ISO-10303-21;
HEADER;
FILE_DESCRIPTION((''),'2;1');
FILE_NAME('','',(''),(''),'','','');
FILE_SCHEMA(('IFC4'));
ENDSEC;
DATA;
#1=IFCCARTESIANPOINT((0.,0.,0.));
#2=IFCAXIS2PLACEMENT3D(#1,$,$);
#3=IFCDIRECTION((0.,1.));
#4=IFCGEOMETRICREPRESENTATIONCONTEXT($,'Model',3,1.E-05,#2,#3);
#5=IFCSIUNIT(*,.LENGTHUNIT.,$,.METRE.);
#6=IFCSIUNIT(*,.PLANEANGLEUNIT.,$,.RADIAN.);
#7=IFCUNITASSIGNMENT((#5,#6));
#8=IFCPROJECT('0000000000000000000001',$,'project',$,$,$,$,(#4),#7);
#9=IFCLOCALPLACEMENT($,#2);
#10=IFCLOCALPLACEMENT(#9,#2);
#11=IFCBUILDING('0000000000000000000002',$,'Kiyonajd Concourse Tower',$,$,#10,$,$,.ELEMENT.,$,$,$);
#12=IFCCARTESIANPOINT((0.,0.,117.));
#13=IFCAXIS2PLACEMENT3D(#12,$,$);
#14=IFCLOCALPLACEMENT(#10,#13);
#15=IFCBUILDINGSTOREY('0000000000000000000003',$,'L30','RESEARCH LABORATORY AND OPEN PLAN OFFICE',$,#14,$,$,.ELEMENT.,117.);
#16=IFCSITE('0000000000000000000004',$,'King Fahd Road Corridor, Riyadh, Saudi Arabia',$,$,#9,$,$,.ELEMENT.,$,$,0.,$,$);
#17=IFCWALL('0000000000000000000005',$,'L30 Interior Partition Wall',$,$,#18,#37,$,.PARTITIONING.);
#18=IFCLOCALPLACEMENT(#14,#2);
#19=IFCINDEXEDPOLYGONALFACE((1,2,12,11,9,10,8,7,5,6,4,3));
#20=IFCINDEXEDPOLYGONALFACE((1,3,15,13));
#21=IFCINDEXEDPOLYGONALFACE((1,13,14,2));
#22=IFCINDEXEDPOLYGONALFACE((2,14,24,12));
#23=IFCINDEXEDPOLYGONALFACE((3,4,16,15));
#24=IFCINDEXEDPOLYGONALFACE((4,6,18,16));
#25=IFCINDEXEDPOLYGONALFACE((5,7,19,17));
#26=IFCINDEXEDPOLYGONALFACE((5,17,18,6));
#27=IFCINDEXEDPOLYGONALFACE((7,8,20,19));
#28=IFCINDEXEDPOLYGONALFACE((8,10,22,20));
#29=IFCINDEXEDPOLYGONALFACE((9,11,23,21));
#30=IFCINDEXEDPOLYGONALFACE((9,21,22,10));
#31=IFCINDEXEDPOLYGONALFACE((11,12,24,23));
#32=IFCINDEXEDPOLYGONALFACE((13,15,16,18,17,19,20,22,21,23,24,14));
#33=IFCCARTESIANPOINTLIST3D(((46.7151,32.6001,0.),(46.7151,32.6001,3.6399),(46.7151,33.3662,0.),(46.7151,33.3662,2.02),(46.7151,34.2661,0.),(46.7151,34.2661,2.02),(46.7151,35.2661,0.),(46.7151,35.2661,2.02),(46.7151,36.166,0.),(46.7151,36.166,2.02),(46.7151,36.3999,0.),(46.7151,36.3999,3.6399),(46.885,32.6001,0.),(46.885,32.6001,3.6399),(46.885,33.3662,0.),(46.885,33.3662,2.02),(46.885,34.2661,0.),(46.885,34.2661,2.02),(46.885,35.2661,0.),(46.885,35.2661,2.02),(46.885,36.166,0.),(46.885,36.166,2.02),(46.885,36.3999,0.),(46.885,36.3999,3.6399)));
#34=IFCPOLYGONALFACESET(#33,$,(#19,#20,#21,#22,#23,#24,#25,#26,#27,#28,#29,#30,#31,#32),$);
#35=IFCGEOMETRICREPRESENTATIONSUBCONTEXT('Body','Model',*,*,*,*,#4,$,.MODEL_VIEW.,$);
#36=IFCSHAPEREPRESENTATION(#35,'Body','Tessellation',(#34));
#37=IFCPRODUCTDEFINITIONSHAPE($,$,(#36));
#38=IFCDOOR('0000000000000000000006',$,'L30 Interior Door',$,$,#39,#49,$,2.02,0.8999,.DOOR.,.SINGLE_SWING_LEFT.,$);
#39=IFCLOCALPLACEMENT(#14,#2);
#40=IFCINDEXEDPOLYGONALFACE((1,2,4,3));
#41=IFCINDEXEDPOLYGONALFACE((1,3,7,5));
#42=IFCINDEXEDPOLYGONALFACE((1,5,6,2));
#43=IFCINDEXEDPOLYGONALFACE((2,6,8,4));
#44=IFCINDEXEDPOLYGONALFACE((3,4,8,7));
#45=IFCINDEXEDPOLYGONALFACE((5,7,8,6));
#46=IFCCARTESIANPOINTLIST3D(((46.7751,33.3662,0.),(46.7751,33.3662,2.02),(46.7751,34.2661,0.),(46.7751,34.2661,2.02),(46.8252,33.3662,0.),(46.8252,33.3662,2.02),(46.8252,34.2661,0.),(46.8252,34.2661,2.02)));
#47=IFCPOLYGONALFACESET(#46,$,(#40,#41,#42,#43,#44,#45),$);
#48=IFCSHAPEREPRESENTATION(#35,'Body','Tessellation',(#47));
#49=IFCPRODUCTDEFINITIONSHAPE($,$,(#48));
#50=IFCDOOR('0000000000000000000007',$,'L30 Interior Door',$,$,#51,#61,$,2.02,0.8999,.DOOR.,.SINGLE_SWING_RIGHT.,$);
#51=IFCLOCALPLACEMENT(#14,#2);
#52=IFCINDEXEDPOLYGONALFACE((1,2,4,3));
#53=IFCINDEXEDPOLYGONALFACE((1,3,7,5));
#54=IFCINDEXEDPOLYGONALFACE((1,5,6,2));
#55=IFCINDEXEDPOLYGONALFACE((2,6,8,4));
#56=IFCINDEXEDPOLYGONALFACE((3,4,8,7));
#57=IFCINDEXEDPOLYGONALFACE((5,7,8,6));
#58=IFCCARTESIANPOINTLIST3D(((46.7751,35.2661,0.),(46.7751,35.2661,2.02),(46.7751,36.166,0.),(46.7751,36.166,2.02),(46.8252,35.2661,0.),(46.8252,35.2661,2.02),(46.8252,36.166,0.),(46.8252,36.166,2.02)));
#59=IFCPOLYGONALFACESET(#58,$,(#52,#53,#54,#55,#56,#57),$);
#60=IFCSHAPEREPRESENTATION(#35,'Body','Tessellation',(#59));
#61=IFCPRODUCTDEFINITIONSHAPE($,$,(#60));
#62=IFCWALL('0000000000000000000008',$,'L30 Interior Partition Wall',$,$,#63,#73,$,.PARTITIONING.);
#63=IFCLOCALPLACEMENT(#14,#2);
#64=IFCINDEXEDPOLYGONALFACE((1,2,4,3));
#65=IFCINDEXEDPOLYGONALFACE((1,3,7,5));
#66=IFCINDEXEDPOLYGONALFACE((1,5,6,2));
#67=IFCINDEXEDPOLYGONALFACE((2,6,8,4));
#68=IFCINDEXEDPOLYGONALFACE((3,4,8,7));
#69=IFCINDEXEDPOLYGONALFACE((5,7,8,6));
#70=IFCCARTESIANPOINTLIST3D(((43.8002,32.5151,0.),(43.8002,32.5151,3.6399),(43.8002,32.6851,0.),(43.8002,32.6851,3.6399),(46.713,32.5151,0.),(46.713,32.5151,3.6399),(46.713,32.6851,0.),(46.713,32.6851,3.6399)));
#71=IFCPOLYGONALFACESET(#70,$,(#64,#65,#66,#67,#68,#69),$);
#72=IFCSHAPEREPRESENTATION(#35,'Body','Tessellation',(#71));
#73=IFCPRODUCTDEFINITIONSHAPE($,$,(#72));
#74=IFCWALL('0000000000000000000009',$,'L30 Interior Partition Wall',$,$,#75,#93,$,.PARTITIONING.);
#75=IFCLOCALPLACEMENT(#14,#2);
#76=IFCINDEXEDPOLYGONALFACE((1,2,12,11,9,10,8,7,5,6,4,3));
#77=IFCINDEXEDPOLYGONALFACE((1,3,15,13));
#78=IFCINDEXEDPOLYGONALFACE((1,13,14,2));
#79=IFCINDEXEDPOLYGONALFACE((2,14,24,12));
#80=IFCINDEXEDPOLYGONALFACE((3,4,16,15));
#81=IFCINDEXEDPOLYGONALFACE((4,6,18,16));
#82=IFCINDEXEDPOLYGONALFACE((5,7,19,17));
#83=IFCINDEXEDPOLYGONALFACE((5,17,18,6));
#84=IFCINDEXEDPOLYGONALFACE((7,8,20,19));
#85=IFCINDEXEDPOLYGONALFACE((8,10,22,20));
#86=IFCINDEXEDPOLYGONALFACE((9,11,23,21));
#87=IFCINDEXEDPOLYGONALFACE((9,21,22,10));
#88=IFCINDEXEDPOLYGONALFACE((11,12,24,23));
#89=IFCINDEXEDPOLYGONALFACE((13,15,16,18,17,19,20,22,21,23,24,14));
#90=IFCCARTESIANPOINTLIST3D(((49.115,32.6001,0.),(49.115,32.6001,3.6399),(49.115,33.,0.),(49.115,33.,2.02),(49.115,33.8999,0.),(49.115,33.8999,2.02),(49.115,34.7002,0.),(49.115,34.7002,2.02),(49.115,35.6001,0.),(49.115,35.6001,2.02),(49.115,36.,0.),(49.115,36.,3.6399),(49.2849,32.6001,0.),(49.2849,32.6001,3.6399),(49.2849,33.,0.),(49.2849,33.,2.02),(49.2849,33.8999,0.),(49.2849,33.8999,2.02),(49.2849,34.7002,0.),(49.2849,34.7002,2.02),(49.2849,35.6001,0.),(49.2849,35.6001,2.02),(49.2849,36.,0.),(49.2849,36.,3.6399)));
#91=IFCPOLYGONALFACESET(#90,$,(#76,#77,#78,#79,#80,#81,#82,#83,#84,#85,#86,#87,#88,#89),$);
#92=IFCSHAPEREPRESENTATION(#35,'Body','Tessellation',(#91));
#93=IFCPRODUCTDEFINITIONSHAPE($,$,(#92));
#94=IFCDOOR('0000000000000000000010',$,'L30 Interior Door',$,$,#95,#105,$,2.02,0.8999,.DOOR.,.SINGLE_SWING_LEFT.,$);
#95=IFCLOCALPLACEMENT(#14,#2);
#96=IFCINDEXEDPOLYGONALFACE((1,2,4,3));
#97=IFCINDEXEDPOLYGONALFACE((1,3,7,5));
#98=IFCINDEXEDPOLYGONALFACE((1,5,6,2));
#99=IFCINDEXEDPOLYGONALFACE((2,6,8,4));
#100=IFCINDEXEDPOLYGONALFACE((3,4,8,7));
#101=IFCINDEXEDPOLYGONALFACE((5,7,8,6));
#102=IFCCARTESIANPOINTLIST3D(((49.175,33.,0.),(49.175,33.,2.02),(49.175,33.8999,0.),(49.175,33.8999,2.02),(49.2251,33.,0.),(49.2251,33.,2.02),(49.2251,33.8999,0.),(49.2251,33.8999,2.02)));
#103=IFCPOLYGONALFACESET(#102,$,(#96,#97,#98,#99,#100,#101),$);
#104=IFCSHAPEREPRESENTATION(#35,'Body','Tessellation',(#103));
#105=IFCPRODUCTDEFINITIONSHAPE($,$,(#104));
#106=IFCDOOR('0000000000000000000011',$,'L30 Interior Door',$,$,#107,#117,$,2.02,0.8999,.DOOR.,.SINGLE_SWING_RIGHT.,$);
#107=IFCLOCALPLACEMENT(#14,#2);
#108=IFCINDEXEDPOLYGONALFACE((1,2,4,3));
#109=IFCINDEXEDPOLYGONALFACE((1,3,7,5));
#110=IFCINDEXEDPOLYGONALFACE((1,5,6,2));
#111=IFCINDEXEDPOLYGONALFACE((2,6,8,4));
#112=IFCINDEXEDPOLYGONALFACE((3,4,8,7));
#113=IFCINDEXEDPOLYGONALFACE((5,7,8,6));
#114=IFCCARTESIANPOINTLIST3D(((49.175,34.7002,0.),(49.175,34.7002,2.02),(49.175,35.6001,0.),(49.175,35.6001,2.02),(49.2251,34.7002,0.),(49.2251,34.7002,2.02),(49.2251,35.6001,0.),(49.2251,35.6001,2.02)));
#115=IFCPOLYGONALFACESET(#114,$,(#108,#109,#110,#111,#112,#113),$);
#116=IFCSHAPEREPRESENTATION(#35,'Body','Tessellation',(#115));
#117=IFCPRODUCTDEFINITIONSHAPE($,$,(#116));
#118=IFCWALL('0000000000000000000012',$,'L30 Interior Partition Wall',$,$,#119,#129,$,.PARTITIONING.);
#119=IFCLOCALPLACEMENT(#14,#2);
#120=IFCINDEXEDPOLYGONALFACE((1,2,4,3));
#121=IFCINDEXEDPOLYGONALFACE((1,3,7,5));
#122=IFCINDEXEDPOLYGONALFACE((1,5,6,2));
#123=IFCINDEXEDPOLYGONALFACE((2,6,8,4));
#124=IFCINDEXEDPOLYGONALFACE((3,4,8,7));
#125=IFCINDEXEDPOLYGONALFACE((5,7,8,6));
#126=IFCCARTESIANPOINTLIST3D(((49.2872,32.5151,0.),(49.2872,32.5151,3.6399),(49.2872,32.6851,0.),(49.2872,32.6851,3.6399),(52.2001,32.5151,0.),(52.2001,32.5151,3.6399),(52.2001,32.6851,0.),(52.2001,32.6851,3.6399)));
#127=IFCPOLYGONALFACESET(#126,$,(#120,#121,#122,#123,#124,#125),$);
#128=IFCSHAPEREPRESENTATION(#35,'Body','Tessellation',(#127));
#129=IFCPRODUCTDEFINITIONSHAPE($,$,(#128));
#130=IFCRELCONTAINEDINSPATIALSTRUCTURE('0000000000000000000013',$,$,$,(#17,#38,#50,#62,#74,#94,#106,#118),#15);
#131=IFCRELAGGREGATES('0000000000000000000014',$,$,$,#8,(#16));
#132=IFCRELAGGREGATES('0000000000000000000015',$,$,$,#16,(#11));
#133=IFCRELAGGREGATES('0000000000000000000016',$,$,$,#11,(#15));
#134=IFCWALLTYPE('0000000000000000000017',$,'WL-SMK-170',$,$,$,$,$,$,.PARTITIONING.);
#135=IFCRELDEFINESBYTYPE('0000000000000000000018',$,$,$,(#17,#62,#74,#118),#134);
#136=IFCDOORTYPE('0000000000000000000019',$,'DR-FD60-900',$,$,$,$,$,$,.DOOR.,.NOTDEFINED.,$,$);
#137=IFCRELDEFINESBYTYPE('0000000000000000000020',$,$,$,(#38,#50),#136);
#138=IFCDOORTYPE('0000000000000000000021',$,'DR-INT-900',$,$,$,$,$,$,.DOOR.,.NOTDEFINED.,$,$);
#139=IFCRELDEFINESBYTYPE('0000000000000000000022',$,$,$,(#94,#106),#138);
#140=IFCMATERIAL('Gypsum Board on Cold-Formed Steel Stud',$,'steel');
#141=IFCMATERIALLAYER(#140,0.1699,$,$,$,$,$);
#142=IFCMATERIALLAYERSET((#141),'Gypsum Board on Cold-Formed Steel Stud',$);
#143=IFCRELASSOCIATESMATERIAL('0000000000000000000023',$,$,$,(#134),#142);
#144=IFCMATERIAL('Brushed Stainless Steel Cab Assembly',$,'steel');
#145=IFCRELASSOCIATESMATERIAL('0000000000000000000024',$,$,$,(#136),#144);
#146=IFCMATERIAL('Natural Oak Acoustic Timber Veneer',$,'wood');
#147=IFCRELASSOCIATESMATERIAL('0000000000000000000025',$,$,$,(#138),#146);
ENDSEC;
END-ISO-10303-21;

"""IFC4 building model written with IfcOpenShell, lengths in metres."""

from ifc_helpers import new_model, si_unit, direction, frame, frame_2d, origin, place, context, subcontext, project, spatial, rectangle, extrude, material, layer, layer_set, type_object, element, fill, save


model = new_model("IFC4")

# Units and contexts
model_context = context("Model", 3, precision=1e-05, world=origin(), true_north=direction((0.0, 1.0)))
body_context = subcontext(model_context, "Body", "Model", "MODEL_VIEW")
ifc_project = project(units=[si_unit("LENGTHUNIT", "METRE"), si_unit("PLANEANGLEUNIT", "RADIAN")], contexts=[model_context])

# Site, building, storey
site_placement = place(None, origin())
site = spatial("IfcSite", under=ifc_project, at=site_placement, Name="King Fahd Road Corridor, Riyadh, Saudi Arabia", CompositionType="ELEMENT", RefElevation=0.0)
building_placement = place(site_placement, origin())
building = spatial("IfcBuilding", under=site, at=building_placement, Name="Kiyonajd Concourse Tower", CompositionType="ELEMENT")
storey_placement = place(building_placement, frame((0.0, 0.0, 117.0)))
storey = spatial("IfcBuildingStorey", under=building, at=storey_placement, Name="L30", Description="RESEARCH LABORATORY AND OPEN PLAN OFFICE", CompositionType="ELEMENT", Elevation=117.0)

# Shared definitions
ifc_material_1 = material(Name="Gypsum Board on Cold-Formed Steel Stud", Category="steel")

# Shared definitions
ifc_material_2 = material(Name="Brushed Stainless Steel Cab Assembly", Category="steel")

# Wall, openings, doors
ifc_layer_1 = layer(ifc_material_1, 0.1699)
ifc_layer_set_1 = layer_set([ifc_layer_1], Name="Gypsum Board on Cold-Formed Steel Stud")
wall_type_1 = type_object("IfcWallType", Name="WL-SMK-170", PredefinedType="PARTITIONING", material=ifc_layer_set_1)
wall_1_placement = place(storey_placement, frame((46.8, 32.6001, 0.0), z_axis=(0.0, 0.0, 1.0), x_axis=(0.0, 1.0, 0.0)))
wall_1 = element("IfcWall", 1, at=wall_1_placement, inside=storey, type_object=wall_type_1, Name="L30 Interior Partition Wall", PredefinedType="PARTITIONING", context=body_context, shape_type="SweptSolid", body=[
    extrude(rectangle(XDim=3.7998, YDim=0.1699, at=frame_2d((1.8999, 0.0))), origin(), (0.0, 0.0, 1.0), 3.6399),
])
opening_1_placement = place(wall_1_placement, frame((0.7661, 0.0, 0.0)))
opening_1 = element("IfcOpeningElement", 2, at=opening_1_placement, cuts=wall_1, PredefinedType="OPENING", context=body_context, shape_type="SweptSolid", body=[
    extrude(rectangle(XDim=0.8999, YDim=2.02, at=frame_2d((0.45, 1.01))), frame((0.0, 0.095, 0.0), z_axis=(0.0, -1.0, 0.0), x_axis=(1.0, 0.0, 0.0)), (0.0, 0.0, 1.0), 0.1899),
])
opening_2_placement = place(wall_1_placement, frame((2.666, 0.0, 0.0)))
opening_2 = element("IfcOpeningElement", 3, at=opening_2_placement, cuts=wall_1, PredefinedType="OPENING", context=body_context, shape_type="SweptSolid", body=[
    extrude(rectangle(XDim=0.8999, YDim=2.02, at=frame_2d((0.45, 1.01))), frame((0.0, 0.095, 0.0), z_axis=(0.0, -1.0, 0.0), x_axis=(1.0, 0.0, 0.0)), (0.0, 0.0, 1.0), 0.1899),
])
door_type_1 = type_object("IfcDoorType", Name="DR-FD60-900", OperationType="NOTDEFINED", PredefinedType="DOOR", material=ifc_material_2)
door_1_placement = place(opening_1_placement, origin())
door_1 = element("IfcDoor", 4, at=door_1_placement, inside=storey, type_object=door_type_1, Name="L30 Interior Door", OperationType="SINGLE_SWING_LEFT", OverallHeight=2.02, OverallWidth=0.8999, PredefinedType="DOOR", context=body_context, shape_type="SweptSolid", body=[
    extrude(rectangle(XDim=0.8999, YDim=2.02, at=frame_2d((0.45, 1.01))), frame((0.0, 0.0249, 0.0), z_axis=(0.0, -1.0, 0.0), x_axis=(1.0, 0.0, 0.0)), (0.0, 0.0, 1.0), 0.05),
])
fill(opening_1, door_1)
door_2_placement = place(opening_2_placement, origin())
door_2 = element("IfcDoor", 5, at=door_2_placement, inside=storey, type_object=door_type_1, Name="L30 Interior Door", OperationType="SINGLE_SWING_RIGHT", OverallHeight=2.02, OverallWidth=0.8999, PredefinedType="DOOR", context=body_context, shape_type="SweptSolid", body=[
    extrude(rectangle(XDim=0.8999, YDim=2.02, at=frame_2d((0.45, 1.01))), frame((0.0, 0.0249, 0.0), z_axis=(0.0, -1.0, 0.0), x_axis=(1.0, 0.0, 0.0)), (0.0, 0.0, 1.0), 0.05),
])
fill(opening_2, door_2)

# Wall
wall_2_placement = place(storey_placement, frame((43.8, 32.6001, 0.0), z_axis=(0.0, 0.0, 1.0), x_axis=(1.0, 0.0, 0.0)))
element("IfcWall", 6, at=wall_2_placement, inside=storey, type_object=wall_type_1, Name="L30 Interior Partition Wall", PredefinedType="PARTITIONING", context=body_context, shape_type="SweptSolid", body=[
    extrude(rectangle(XDim=2.9128, YDim=0.1699, at=frame_2d((1.4565, 0.0))), origin(), (0.0, 0.0, 1.0), 3.6399),
])

# Wall, openings, doors
wall_3_placement = place(storey_placement, frame((49.2, 32.6001, 0.0), z_axis=(0.0, 0.0, 1.0), x_axis=(0.0, 1.0, 0.0)))
wall_3 = element("IfcWall", 7, at=wall_3_placement, inside=storey, type_object=wall_type_1, Name="L30 Interior Partition Wall", PredefinedType="PARTITIONING", context=body_context, shape_type="SweptSolid", body=[
    extrude(rectangle(XDim=3.3999, YDim=0.1699, at=frame_2d((1.7, 0.0))), origin(), (0.0, 0.0, 1.0), 3.6399),
])
opening_3_placement = place(wall_3_placement, frame((0.3999, 0.0, 0.0)))
opening_3 = element("IfcOpeningElement", 8, at=opening_3_placement, cuts=wall_3, PredefinedType="OPENING", context=body_context, shape_type="SweptSolid", body=[
    extrude(rectangle(XDim=0.8999, YDim=2.02, at=frame_2d((0.45, 1.01))), frame((0.0, 0.095, 0.0), z_axis=(0.0, -1.0, 0.0), x_axis=(1.0, 0.0, 0.0)), (0.0, 0.0, 1.0), 0.1899),
])
opening_4_placement = place(wall_3_placement, frame((2.1001, 0.0, 0.0)))
opening_4 = element("IfcOpeningElement", 9, at=opening_4_placement, cuts=wall_3, PredefinedType="OPENING", context=body_context, shape_type="SweptSolid", body=[
    extrude(rectangle(XDim=0.8999, YDim=2.02, at=frame_2d((0.45, 1.01))), frame((0.0, 0.095, 0.0), z_axis=(0.0, -1.0, 0.0), x_axis=(1.0, 0.0, 0.0)), (0.0, 0.0, 1.0), 0.1899),
])
ifc_material_3 = material(Name="Natural Oak Acoustic Timber Veneer", Category="wood")
door_type_2 = type_object("IfcDoorType", Name="DR-INT-900", OperationType="NOTDEFINED", PredefinedType="DOOR", material=ifc_material_3)
door_3_placement = place(opening_3_placement, origin())
door_3 = element("IfcDoor", 10, at=door_3_placement, inside=storey, type_object=door_type_2, Name="L30 Interior Door", OperationType="SINGLE_SWING_LEFT", OverallHeight=2.02, OverallWidth=0.8999, PredefinedType="DOOR", context=body_context, shape_type="SweptSolid", body=[
    extrude(rectangle(XDim=0.8999, YDim=2.02, at=frame_2d((0.45, 1.01))), frame((0.0, 0.0249, 0.0), z_axis=(0.0, -1.0, 0.0), x_axis=(1.0, 0.0, 0.0)), (0.0, 0.0, 1.0), 0.05),
])
fill(opening_3, door_3)
door_4_placement = place(opening_4_placement, origin())
door_4 = element("IfcDoor", 11, at=door_4_placement, inside=storey, type_object=door_type_2, Name="L30 Interior Door", OperationType="SINGLE_SWING_RIGHT", OverallHeight=2.02, OverallWidth=0.8999, PredefinedType="DOOR", context=body_context, shape_type="SweptSolid", body=[
    extrude(rectangle(XDim=0.8999, YDim=2.02, at=frame_2d((0.45, 1.01))), frame((0.0, 0.0249, 0.0), z_axis=(0.0, -1.0, 0.0), x_axis=(1.0, 0.0, 0.0)), (0.0, 0.0, 1.0), 0.05),
])
fill(opening_4, door_4)

# Wall
wall_4_placement = place(storey_placement, frame((49.2871, 32.6001, 0.0), z_axis=(0.0, 0.0, 1.0), x_axis=(1.0, 0.0, 0.0)))
element("IfcWall", 12, at=wall_4_placement, inside=storey, type_object=wall_type_1, Name="L30 Interior Partition Wall", PredefinedType="PARTITIONING", context=body_context, shape_type="SweptSolid", body=[
    extrude(rectangle(XDim=2.9128, YDim=0.1699, at=frame_2d((1.4565, 0.0))), origin(), (0.0, 0.0, 1.0), 3.6399),
])

save(model, "model.ifc")
